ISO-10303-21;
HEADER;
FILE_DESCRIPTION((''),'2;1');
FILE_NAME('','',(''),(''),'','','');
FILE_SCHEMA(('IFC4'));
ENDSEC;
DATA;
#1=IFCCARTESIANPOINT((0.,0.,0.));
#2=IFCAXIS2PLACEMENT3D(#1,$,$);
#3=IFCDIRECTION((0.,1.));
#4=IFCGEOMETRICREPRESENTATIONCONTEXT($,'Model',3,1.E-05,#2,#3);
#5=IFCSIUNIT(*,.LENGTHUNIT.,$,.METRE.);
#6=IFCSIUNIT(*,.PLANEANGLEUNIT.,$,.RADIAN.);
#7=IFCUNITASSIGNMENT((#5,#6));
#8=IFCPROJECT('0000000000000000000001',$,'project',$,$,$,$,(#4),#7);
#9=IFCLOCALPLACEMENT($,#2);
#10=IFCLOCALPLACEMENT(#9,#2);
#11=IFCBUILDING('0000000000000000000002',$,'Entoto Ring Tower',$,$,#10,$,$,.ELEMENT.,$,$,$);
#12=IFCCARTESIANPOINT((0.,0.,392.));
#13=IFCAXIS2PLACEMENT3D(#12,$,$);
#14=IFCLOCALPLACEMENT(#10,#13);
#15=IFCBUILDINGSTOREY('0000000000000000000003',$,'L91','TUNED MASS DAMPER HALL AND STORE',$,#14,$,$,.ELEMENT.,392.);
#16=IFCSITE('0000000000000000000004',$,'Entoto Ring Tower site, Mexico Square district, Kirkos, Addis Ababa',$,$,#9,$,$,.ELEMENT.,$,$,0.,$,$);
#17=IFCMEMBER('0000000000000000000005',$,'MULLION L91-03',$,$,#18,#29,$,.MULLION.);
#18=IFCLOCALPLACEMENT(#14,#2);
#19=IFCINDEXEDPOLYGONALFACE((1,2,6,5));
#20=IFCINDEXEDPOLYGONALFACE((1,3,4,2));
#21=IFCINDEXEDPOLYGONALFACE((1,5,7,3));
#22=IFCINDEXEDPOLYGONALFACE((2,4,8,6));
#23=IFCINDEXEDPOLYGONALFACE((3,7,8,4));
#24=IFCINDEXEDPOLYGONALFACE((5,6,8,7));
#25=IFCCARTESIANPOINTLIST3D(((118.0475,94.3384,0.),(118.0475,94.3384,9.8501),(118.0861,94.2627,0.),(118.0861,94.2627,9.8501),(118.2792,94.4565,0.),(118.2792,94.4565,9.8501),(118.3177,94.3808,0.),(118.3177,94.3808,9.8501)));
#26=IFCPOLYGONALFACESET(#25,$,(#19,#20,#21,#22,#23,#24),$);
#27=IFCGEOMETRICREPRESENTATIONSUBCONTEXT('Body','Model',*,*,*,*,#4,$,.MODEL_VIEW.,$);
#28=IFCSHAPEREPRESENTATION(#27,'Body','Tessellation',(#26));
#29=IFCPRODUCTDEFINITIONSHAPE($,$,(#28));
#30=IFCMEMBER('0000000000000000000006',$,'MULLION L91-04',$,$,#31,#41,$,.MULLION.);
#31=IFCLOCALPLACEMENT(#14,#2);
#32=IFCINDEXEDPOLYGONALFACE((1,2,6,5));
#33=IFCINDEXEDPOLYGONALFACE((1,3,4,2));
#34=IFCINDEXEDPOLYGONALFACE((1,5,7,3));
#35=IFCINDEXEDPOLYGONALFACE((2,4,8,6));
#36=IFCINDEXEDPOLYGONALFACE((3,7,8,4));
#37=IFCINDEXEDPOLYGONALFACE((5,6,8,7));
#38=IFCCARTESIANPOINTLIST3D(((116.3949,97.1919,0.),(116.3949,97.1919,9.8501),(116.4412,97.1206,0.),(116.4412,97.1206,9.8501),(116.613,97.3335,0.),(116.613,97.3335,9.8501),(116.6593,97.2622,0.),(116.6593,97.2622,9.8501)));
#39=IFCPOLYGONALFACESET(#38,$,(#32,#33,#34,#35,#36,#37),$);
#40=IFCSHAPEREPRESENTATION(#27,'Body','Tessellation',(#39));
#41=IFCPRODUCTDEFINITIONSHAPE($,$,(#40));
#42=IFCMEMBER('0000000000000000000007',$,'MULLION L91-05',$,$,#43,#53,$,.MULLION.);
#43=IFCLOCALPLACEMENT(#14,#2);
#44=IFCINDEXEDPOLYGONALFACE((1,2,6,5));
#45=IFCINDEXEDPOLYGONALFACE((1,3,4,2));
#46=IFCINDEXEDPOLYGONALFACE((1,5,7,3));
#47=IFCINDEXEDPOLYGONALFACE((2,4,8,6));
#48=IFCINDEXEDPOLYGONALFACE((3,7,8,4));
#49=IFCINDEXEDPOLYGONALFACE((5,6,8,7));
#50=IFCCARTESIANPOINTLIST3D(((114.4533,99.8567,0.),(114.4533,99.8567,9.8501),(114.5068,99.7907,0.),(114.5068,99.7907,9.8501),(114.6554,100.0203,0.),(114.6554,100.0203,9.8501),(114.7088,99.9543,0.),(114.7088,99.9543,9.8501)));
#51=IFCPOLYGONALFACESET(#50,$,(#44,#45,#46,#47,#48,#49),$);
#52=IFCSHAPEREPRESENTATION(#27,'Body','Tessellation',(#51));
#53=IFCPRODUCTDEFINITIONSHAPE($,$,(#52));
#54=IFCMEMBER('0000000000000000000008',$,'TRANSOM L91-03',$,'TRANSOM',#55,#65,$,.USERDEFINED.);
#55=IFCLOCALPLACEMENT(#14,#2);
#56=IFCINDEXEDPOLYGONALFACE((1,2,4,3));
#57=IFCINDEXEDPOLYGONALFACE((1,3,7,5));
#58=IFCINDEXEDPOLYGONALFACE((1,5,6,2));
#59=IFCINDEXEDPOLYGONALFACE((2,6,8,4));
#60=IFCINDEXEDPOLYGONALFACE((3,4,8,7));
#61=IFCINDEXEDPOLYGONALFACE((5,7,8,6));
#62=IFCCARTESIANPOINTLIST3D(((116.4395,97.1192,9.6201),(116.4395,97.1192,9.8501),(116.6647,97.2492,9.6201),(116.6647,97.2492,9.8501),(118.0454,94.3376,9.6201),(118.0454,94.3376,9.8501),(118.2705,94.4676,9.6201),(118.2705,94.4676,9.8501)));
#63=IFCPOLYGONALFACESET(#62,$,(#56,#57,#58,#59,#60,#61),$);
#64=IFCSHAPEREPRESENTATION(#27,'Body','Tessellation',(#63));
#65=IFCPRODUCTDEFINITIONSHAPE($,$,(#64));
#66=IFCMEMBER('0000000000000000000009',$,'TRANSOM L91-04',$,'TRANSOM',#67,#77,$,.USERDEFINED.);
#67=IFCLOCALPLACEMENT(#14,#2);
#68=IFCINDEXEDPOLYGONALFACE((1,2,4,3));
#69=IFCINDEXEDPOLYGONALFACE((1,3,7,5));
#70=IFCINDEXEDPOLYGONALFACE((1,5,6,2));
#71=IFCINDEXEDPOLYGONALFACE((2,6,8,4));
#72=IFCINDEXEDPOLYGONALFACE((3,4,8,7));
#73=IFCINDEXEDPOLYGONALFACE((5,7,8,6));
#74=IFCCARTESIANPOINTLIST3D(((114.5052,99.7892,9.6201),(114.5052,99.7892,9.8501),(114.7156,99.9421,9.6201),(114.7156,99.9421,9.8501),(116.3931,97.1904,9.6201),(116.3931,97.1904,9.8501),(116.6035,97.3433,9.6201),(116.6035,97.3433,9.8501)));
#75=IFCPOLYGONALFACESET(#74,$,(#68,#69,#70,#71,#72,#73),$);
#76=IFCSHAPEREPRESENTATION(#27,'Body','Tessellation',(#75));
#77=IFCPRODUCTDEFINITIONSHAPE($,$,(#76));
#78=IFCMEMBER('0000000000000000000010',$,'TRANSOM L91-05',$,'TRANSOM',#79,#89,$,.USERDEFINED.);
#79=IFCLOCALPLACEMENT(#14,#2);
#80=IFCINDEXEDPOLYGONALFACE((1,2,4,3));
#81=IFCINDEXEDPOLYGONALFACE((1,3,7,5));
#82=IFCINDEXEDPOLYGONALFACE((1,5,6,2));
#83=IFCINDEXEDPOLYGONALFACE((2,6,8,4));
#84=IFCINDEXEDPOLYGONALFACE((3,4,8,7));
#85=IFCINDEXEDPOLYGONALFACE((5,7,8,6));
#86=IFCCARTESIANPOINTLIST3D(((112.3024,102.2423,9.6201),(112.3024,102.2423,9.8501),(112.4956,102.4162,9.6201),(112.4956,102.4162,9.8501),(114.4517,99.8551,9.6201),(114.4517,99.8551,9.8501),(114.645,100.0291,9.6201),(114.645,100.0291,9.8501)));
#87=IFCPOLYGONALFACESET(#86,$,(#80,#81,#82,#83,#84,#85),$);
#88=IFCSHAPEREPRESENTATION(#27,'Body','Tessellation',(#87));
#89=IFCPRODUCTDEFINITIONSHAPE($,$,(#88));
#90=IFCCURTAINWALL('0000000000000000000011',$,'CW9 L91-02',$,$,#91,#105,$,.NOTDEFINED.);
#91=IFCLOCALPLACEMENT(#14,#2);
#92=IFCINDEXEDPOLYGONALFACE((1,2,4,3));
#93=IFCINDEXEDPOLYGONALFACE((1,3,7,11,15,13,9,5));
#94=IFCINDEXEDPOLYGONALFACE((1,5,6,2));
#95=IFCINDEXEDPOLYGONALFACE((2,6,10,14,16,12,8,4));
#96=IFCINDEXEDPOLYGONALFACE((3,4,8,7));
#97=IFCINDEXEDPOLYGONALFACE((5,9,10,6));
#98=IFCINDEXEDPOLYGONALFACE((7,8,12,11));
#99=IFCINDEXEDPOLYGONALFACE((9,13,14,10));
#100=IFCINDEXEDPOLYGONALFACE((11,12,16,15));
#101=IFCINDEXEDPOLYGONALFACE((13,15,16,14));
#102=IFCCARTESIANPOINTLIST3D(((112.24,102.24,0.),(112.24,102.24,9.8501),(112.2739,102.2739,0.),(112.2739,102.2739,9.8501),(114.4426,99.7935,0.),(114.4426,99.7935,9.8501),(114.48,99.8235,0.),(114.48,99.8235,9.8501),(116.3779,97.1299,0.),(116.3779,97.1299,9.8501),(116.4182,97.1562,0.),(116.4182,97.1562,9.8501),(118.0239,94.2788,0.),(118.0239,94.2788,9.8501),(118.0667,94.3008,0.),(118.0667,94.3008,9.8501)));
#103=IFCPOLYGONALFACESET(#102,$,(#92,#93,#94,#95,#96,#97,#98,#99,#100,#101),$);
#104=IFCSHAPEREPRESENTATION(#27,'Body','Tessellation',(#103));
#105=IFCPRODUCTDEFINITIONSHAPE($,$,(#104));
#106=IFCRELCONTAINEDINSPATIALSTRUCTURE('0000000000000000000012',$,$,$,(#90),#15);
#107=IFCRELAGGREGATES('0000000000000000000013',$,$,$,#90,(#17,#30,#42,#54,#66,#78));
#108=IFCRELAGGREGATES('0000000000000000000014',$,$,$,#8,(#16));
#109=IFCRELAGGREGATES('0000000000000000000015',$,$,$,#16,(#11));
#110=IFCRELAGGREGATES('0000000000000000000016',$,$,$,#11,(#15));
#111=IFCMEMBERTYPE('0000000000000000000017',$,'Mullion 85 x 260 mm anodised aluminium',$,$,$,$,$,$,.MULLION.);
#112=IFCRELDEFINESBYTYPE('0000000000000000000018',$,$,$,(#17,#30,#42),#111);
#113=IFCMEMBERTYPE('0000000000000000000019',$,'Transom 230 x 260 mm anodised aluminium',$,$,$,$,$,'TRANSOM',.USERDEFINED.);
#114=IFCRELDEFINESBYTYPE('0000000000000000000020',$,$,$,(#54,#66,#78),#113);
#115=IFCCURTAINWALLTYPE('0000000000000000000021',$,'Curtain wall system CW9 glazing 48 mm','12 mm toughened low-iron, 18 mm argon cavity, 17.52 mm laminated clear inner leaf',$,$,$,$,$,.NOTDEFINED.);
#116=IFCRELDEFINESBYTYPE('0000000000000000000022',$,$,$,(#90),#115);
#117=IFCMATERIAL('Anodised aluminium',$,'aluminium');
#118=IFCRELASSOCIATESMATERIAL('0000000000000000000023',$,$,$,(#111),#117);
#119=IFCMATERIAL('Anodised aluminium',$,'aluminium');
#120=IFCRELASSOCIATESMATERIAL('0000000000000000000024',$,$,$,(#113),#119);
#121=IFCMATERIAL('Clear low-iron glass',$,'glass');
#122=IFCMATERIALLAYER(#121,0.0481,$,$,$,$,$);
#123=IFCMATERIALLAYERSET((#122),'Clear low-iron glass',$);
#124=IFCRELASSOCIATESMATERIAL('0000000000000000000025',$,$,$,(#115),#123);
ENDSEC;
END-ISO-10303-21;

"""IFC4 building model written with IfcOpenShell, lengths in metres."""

from ifc_helpers import new_model, si_unit, direction, frame, origin, origin_2d, place, context, subcontext, project, spatial, polyline, rectangle, outline, extrude, material, layer, layer_set, material_profile, profile_set, type_object, element, aggregate, save


model = new_model("IFC4")

# Units and contexts
model_context = context("Model", 3, precision=1e-05, world=origin(), true_north=direction((0.0, 1.0)))
body_context = subcontext(model_context, "Body", "Model", "MODEL_VIEW")
ifc_project = project(units=[si_unit("LENGTHUNIT", "METRE"), si_unit("PLANEANGLEUNIT", "RADIAN")], contexts=[model_context])

# Members
ifc_material_1 = material(Name="Anodised aluminium", Category="aluminium")
ifc_material_profile_1 = material_profile(ifc_material_1, rectangle(XDim=0.085, YDim=0.26, at=origin_2d()), Name="Mullion 85 x 260 mm anodised aluminium")
ifc_profile_set_1 = profile_set([ifc_material_profile_1], Name="Anodised aluminium")
member_type_1 = type_object("IfcMemberType", Name="Mullion 85 x 260 mm anodised aluminium", PredefinedType="MULLION", material=ifc_profile_set_1)
site_placement = place(None, origin())
building_placement = place(site_placement, origin())
storey_placement = place(building_placement, frame((0.0, 0.0, 392.0)))
member_1_placement = place(storey_placement, frame((118.1826, 94.3596, 0.0), z_axis=(0.0, 0.0, 1.0), x_axis=(-0.45399, 0.891007, 0.0)))
member_1 = element("IfcMember", 1, at=member_1_placement, type_object=member_type_1, Name="MULLION L91-03", PredefinedType="MULLION", context=body_context, shape_type="SweptSolid", body=[
    extrude(rectangle(XDim=0.085, YDim=0.26, at=origin_2d()), origin(), (0.0, 0.0, 1.0), 9.8501),
])
member_2_placement = place(storey_placement, frame((116.5271, 97.2271, 0.0), z_axis=(0.0, 0.0, 1.0), x_axis=(-0.544639, 0.838671, 0.0)))
member_2 = element("IfcMember", 2, at=member_2_placement, type_object=member_type_1, Name="MULLION L91-04", PredefinedType="MULLION", context=body_context, shape_type="SweptSolid", body=[
    extrude(rectangle(XDim=0.085, YDim=0.26, at=origin_2d()), origin(), (0.0, 0.0, 1.0), 9.8501),
])
member_3_placement = place(storey_placement, frame((114.5811, 99.9055, 0.0), z_axis=(0.0, 0.0, 1.0), x_axis=(-0.62932, 0.777146, 0.0)))
member_3 = element("IfcMember", 3, at=member_3_placement, type_object=member_type_1, Name="MULLION L91-05", PredefinedType="MULLION", context=body_context, shape_type="SweptSolid", body=[
    extrude(rectangle(XDim=0.085, YDim=0.26, at=origin_2d()), origin(), (0.0, 0.0, 1.0), 9.8501),
])
ifc_material_2 = material(Name="Anodised aluminium", Category="aluminium")
ifc_material_profile_2 = material_profile(ifc_material_2, rectangle(XDim=0.26, YDim=0.23, at=origin_2d()), Name="Transom 230 x 260 mm anodised aluminium")
ifc_profile_set_2 = profile_set([ifc_material_profile_2], Name="Anodised aluminium")
member_type_2 = type_object("IfcMemberType", Name="Transom 230 x 260 mm anodised aluminium", ElementType="TRANSOM", PredefinedType="USERDEFINED", material=ifc_profile_set_2)
member_4_placement = place(storey_placement, frame((118.158, 94.4026, 9.7351), z_axis=(-0.499981, 0.866036, 0.0), x_axis=(-0.866036, -0.499981, 0.0)))
member_4 = element("IfcMember", 4, at=member_4_placement, type_object=member_type_2, Name="TRANSOM L91-03", ObjectType="TRANSOM", PredefinedType="USERDEFINED", context=body_context, shape_type="SweptSolid", body=[
    extrude(rectangle(XDim=0.26, YDim=0.23, at=origin_2d()), origin(), (0.0, 0.0, 1.0), 3.2119),
])
member_5_placement = place(storey_placement, frame((116.4983, 97.2668, 9.7351), z_axis=(-0.587733, 0.809055, 0.0), x_axis=(-0.809055, -0.587733, 0.0)))
member_5 = element("IfcMember", 5, at=member_5_placement, type_object=member_type_2, Name="TRANSOM L91-04", ObjectType="TRANSOM", PredefinedType="USERDEFINED", context=body_context, shape_type="SweptSolid", body=[
    extrude(rectangle(XDim=0.26, YDim=0.23, at=origin_2d()), origin(), (0.0, 0.0, 1.0), 3.2122),
])
member_6_placement = place(storey_placement, frame((114.5483, 99.9421, 9.7351), z_axis=(-0.669124, 0.743151, 0.0), x_axis=(-0.743151, -0.669124, 0.0)))
member_6 = element("IfcMember", 6, at=member_6_placement, type_object=member_type_2, Name="TRANSOM L91-05", ObjectType="TRANSOM", PredefinedType="USERDEFINED", context=body_context, shape_type="SweptSolid", body=[
    extrude(rectangle(XDim=0.26, YDim=0.23, at=origin_2d()), origin(), (0.0, 0.0, 1.0), 3.2122),
])

# Site, building, storey
site = spatial("IfcSite", under=ifc_project, at=site_placement, Name="Entoto Ring Tower site, Mexico Square district, Kirkos, Addis Ababa", CompositionType="ELEMENT", RefElevation=0.0)
building = spatial("IfcBuilding", under=site, at=building_placement, Name="Entoto Ring Tower", CompositionType="ELEMENT")
storey = spatial("IfcBuildingStorey", under=building, at=storey_placement, Name="L91", Description="TUNED MASS DAMPER HALL AND STORE", CompositionType="ELEMENT", Elevation=392.0)

# Curtain wall
ifc_material_3 = material(Name="Clear low-iron glass", Category="glass")
ifc_layer_1 = layer(ifc_material_3, 0.0481)
ifc_layer_set_1 = layer_set([ifc_layer_1], Name="Clear low-iron glass")
curtain_wall_type = type_object("IfcCurtainWallType", Name="Curtain wall system CW9 glazing 48 mm", Description="12 mm toughened low-iron, 18 mm argon cavity, 17.52 mm laminated clear inner leaf", PredefinedType="NOTDEFINED", material=ifc_layer_set_1)
curtain_wall_1_placement = place(storey_placement, origin())
curtain_wall_1 = element("IfcCurtainWall", 7, at=curtain_wall_1_placement, inside=storey, type_object=curtain_wall_type, Name="CW9 L91-02", PredefinedType="NOTDEFINED", context=body_context, shape_type="SweptSolid", body=[
    extrude(outline(polyline([(118.0667, 94.3008), (116.4182, 97.1562), (114.48, 99.8235), (112.2739, 102.2739), (112.24, 102.24), (114.4426, 99.7935), (116.3779, 97.1299), (118.0239, 94.2788), (118.0667, 94.3008)])), origin(), (0.0, 0.0, 1.0), 9.8501),
])
aggregate(curtain_wall_1, [member_1, member_2, member_3, member_4, member_5, member_6])

save(model, "model.ifc")
